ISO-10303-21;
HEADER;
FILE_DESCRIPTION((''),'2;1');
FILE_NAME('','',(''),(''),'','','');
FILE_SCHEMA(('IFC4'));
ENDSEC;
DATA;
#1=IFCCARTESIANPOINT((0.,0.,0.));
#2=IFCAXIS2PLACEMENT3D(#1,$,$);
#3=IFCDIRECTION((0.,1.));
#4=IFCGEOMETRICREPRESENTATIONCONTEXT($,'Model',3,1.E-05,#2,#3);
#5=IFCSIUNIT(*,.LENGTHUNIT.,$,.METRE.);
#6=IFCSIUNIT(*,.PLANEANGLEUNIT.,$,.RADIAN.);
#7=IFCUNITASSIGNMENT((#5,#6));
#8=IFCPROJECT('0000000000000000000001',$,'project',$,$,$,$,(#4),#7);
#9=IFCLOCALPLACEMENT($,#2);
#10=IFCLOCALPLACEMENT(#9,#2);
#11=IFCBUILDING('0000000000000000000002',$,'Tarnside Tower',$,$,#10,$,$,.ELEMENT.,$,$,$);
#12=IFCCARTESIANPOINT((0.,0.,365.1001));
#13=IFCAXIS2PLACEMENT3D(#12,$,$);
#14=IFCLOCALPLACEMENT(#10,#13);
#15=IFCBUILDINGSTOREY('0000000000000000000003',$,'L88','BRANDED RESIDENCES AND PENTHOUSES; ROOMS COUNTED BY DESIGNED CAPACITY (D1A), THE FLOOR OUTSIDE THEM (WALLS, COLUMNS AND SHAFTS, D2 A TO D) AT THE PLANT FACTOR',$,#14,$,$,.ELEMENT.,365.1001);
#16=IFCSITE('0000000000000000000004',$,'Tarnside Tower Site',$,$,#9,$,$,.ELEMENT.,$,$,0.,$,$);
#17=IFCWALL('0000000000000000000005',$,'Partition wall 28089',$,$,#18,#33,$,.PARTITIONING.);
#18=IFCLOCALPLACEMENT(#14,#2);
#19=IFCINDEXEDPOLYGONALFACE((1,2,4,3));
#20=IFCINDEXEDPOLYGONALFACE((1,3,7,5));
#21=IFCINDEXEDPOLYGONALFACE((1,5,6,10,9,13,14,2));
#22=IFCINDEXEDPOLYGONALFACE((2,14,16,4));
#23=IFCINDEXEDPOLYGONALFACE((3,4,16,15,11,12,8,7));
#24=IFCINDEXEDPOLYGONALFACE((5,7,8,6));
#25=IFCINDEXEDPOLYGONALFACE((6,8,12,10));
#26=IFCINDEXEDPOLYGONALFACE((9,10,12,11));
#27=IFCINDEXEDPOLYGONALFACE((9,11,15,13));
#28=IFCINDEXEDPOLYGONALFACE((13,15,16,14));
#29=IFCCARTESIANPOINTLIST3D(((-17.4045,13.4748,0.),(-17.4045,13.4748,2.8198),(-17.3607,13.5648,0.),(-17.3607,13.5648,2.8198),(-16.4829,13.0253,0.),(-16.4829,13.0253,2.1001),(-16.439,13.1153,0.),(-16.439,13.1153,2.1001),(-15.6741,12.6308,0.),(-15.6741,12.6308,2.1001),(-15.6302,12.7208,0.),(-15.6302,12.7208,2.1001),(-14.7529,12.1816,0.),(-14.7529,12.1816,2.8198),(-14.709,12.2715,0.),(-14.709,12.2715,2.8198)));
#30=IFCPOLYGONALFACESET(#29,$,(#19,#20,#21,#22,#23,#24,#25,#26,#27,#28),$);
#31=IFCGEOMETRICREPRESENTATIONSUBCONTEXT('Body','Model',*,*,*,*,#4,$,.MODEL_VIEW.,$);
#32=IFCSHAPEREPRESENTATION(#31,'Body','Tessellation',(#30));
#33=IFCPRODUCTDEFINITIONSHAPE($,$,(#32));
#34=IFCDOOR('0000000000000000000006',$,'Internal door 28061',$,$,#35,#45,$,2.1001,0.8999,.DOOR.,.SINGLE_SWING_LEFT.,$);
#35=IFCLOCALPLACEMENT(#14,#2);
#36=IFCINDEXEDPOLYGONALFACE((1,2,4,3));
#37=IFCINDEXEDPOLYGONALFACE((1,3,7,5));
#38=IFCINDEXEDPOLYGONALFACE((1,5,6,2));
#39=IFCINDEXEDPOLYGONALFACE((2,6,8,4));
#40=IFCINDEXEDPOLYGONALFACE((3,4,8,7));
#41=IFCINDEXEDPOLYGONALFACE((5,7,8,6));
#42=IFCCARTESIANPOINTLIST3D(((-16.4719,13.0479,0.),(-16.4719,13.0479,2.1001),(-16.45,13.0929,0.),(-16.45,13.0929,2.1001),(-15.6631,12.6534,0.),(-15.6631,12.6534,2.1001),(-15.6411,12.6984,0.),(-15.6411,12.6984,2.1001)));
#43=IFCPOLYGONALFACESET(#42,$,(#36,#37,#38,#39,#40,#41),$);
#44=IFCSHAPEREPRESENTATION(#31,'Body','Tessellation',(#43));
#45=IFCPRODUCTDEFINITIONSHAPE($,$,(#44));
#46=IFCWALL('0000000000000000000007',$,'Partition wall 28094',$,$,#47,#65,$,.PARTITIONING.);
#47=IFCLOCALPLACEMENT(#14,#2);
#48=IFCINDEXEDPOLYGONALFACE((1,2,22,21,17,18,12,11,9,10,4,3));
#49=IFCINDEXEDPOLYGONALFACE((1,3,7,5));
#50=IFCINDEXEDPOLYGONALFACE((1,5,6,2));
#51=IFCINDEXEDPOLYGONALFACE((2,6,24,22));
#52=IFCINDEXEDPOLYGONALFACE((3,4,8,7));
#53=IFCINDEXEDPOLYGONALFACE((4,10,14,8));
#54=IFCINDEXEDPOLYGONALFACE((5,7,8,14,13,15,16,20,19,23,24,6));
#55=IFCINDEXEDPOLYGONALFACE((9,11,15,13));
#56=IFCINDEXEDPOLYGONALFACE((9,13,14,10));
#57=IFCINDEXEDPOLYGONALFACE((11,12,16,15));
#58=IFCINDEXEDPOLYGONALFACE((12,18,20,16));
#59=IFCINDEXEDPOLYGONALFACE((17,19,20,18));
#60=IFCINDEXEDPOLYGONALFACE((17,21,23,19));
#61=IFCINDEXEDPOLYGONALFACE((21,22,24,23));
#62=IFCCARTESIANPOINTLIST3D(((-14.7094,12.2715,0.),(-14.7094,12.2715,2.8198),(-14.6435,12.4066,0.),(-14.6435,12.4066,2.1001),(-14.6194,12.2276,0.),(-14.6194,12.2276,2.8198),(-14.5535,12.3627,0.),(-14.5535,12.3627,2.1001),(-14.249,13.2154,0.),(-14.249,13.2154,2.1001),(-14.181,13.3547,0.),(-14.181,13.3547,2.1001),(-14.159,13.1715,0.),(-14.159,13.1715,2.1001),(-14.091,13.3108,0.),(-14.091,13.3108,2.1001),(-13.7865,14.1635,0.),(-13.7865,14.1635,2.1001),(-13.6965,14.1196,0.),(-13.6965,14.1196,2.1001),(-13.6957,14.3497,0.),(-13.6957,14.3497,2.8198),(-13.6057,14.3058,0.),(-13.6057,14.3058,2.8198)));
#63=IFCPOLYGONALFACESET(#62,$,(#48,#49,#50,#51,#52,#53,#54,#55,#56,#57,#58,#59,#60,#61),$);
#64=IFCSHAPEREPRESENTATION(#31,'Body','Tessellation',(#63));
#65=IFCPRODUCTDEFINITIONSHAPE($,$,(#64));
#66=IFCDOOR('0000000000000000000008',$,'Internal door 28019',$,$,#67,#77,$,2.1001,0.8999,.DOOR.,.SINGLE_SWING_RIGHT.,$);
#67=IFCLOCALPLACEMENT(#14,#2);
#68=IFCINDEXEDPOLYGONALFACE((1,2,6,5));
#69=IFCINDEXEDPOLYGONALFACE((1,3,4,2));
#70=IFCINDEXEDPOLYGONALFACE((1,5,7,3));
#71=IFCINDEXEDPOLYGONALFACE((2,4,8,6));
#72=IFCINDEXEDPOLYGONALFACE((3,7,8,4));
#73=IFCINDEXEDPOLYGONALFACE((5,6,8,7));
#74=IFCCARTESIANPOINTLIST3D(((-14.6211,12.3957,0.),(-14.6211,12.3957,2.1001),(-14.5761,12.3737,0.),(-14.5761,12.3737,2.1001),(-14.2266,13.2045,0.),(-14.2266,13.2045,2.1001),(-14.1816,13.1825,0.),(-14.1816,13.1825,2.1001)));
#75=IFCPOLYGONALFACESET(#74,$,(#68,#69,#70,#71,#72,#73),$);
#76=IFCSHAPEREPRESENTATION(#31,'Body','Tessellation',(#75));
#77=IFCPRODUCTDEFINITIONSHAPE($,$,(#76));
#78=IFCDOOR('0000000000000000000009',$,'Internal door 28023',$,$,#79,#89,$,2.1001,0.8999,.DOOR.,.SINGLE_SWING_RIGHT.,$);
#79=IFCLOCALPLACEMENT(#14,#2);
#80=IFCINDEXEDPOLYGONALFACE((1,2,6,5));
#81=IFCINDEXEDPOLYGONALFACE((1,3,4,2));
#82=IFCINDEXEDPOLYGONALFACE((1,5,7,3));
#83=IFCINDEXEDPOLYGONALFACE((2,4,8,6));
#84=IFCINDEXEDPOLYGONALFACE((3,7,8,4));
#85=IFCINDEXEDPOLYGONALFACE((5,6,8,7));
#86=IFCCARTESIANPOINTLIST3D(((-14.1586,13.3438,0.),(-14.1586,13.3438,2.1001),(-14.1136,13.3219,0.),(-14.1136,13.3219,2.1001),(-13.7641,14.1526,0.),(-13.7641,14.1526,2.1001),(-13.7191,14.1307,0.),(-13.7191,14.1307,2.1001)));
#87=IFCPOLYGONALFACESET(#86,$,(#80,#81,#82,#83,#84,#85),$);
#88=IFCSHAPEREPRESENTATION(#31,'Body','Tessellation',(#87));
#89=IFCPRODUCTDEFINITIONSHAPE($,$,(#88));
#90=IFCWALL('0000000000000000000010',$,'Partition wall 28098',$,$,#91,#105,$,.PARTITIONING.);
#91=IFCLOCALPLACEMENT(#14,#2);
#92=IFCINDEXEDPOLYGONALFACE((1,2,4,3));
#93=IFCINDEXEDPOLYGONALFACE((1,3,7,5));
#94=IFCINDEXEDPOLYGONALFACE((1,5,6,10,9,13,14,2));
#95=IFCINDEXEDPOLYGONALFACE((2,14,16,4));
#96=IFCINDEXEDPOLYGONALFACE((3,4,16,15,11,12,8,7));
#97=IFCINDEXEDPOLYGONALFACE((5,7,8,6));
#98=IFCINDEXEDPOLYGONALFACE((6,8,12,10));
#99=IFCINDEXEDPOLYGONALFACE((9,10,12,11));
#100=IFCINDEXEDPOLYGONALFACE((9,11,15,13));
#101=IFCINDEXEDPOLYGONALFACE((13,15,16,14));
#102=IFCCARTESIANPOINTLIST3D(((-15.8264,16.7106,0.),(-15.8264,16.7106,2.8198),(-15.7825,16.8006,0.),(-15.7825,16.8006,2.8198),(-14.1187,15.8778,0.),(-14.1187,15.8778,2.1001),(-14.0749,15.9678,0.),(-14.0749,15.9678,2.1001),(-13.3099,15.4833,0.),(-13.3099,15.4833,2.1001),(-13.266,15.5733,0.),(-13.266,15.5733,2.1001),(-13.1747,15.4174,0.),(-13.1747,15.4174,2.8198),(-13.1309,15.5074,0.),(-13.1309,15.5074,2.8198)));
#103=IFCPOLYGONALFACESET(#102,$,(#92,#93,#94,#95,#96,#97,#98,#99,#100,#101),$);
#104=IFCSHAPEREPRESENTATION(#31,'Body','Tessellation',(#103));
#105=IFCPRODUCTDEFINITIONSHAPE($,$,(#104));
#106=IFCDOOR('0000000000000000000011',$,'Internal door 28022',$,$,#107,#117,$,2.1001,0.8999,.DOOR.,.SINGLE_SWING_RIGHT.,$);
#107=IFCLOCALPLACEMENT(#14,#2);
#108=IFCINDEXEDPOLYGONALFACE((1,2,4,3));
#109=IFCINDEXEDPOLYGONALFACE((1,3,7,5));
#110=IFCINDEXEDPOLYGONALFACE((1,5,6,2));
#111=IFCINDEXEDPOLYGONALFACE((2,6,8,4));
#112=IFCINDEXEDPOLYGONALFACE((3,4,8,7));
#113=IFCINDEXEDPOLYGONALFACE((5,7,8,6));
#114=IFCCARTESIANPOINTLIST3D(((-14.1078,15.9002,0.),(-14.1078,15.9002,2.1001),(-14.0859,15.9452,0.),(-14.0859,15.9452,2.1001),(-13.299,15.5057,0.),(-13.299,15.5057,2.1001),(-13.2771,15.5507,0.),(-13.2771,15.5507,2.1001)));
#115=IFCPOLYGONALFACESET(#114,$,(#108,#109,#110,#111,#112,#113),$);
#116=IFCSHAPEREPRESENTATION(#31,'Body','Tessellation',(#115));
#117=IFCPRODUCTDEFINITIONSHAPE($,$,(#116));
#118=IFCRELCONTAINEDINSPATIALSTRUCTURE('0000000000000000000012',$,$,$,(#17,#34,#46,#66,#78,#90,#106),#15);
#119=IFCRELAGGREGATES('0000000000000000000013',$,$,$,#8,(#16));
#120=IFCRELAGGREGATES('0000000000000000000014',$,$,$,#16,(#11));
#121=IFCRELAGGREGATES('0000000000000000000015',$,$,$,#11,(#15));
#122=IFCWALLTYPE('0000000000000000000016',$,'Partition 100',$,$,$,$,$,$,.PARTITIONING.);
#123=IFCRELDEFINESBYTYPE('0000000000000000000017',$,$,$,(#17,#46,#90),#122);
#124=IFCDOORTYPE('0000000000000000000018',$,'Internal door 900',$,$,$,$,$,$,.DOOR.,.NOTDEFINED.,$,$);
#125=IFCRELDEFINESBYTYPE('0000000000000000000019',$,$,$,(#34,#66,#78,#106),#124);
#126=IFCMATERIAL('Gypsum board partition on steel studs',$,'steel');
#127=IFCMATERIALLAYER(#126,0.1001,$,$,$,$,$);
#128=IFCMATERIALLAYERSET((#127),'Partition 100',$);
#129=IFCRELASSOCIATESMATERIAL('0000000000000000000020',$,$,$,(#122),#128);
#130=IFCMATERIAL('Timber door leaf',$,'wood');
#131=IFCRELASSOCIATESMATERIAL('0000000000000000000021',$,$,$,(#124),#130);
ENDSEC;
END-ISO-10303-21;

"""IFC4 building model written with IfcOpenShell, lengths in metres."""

from ifc_helpers import new_model, si_unit, direction, frame, frame_2d, origin, place, context, subcontext, project, spatial, rectangle, extrude, material, layer, layer_set, type_object, element, fill, save


model = new_model("IFC4")

# Units and contexts
model_context = context("Model", 3, precision=1e-05, world=origin(), true_north=direction((0.0, 1.0)))
body_context = subcontext(model_context, "Body", "Model", "MODEL_VIEW")
ifc_project = project(units=[si_unit("LENGTHUNIT", "METRE"), si_unit("PLANEANGLEUNIT", "RADIAN")], contexts=[model_context])

# Site, building, storey
site_placement = place(None, origin())
site = spatial("IfcSite", under=ifc_project, at=site_placement, Name="Tarnside Tower Site", CompositionType="ELEMENT", RefElevation=0.0)
building_placement = place(site_placement, origin())
building = spatial("IfcBuilding", under=site, at=building_placement, Name="Tarnside Tower", CompositionType="ELEMENT")
storey_placement = place(building_placement, frame((0.0, 0.0, 365.1001)))
storey = spatial("IfcBuildingStorey", under=building, at=storey_placement, Name="L88", Description="BRANDED RESIDENCES AND PENTHOUSES; ROOMS COUNTED BY DESIGNED CAPACITY (D1A), THE FLOOR OUTSIDE THEM (WALLS, COLUMNS AND SHAFTS, D2 A TO D) AT THE PLANT FACTOR", CompositionType="ELEMENT", Elevation=365.1001)

# Shared definitions
ifc_material_1 = material(Name="Gypsum board partition on steel studs", Category="steel")
ifc_material_2 = material(Name="Timber door leaf", Category="wood")

# Shared definitions
ifc_layer_1 = layer(ifc_material_1, 0.1001)
ifc_layer_set_1 = layer_set([ifc_layer_1], Name="Partition 100")
wall_type_1 = type_object("IfcWallType", Name="Partition 100", PredefinedType="PARTITIONING", material=ifc_layer_set_1)

# Wall, opening, door
wall_1_placement = place(storey_placement, frame((-14.731, 12.2266, 0.0), z_axis=(0.0, 0.0, 1.0), x_axis=(-0.898803, 0.438354, 0.0)))
wall_1 = element("IfcWall", 1, at=wall_1_placement, inside=storey, type_object=wall_type_1, Name="Partition wall 28089", PredefinedType="PARTITIONING", context=body_context, shape_type="SweptSolid", body=[
    extrude(rectangle(XDim=2.9502, YDim=0.1001, at=frame_2d((1.4751, 0.0))), origin(), (0.0, 0.0, 1.0), 2.8198),
])
opening_1_placement = place(wall_1_placement, frame((1.0249, 0.0, 0.0)))
opening_1 = element("IfcOpeningElement", 2, at=opening_1_placement, cuts=wall_1, PredefinedType="OPENING", context=body_context, shape_type="SweptSolid", body=[
    extrude(rectangle(XDim=0.8999, YDim=2.1001, at=frame_2d((0.45, 1.05))), frame((0.0, 0.0601, 0.0), z_axis=(0.0, -1.0, 0.0), x_axis=(1.0, 0.0, 0.0)), (0.0, 0.0, 1.0), 0.1201),
])
door_type_1 = type_object("IfcDoorType", Name="Internal door 900", OperationType="NOTDEFINED", PredefinedType="DOOR", material=ifc_material_2)
door_1_placement = place(opening_1_placement, origin())
door_1 = element("IfcDoor", 3, at=door_1_placement, inside=storey, type_object=door_type_1, Name="Internal door 28061", OperationType="SINGLE_SWING_LEFT", OverallHeight=2.1001, OverallWidth=0.8999, PredefinedType="DOOR", context=body_context, shape_type="SweptSolid", body=[
    extrude(rectangle(XDim=0.8999, YDim=2.1001, at=frame_2d((0.45, 1.05))), frame((0.0, 0.0249, 0.0), z_axis=(0.0, -1.0, 0.0), x_axis=(1.0, 0.0, 0.0)), (0.0, 0.0, 1.0), 0.05),
])
fill(opening_1, door_1)

# Wall, openings, doors
wall_2_placement = place(storey_placement, frame((-13.6506, 14.3279, 0.0), z_axis=(0.0, 0.0, 1.0), x_axis=(-0.438407, -0.898777, 0.0)))
wall_2 = element("IfcWall", 4, at=wall_2_placement, inside=storey, type_object=wall_type_1, Name="Partition wall 28094", PredefinedType="PARTITIONING", context=body_context, shape_type="SweptSolid", body=[
    extrude(rectangle(XDim=2.3123, YDim=0.1001, at=frame_2d((1.1562, 0.0))), origin(), (0.0, 0.0, 1.0), 2.8198),
])
opening_2_placement = place(wall_2_placement, frame((1.2622, 0.0, 0.0)))
opening_2 = element("IfcOpeningElement", 5, at=opening_2_placement, cuts=wall_2, PredefinedType="OPENING", context=body_context, shape_type="SweptSolid", body=[
    extrude(rectangle(XDim=0.8999, YDim=2.1001, at=frame_2d((0.45, 1.05))), frame((0.0, 0.0601, 0.0), z_axis=(0.0, -1.0, 0.0), x_axis=(1.0, 0.0, 0.0)), (0.0, 0.0, 1.0), 0.1201),
])
opening_3_placement = place(wall_2_placement, frame((0.2073, 0.0, 0.0)))
opening_3 = element("IfcOpeningElement", 6, at=opening_3_placement, cuts=wall_2, PredefinedType="OPENING", context=body_context, shape_type="SweptSolid", body=[
    extrude(rectangle(XDim=0.8999, YDim=2.1001, at=frame_2d((0.45, 1.05))), frame((0.0, 0.0601, 0.0), z_axis=(0.0, -1.0, 0.0), x_axis=(1.0, 0.0, 0.0)), (0.0, 0.0, 1.0), 0.1201),
])
door_2_placement = place(opening_2_placement, origin())
door_2 = element("IfcDoor", 7, at=door_2_placement, inside=storey, type_object=door_type_1, Name="Internal door 28019", OperationType="SINGLE_SWING_RIGHT", OverallHeight=2.1001, OverallWidth=0.8999, PredefinedType="DOOR", context=body_context, shape_type="SweptSolid", body=[
    extrude(rectangle(XDim=0.8999, YDim=2.1001, at=frame_2d((0.45, 1.05))), frame((0.0, 0.0249, 0.0), z_axis=(0.0, -1.0, 0.0), x_axis=(1.0, 0.0, 0.0)), (0.0, 0.0, 1.0), 0.05),
])
fill(opening_2, door_2)
door_3_placement = place(opening_3_placement, origin())
door_3 = element("IfcDoor", 8, at=door_3_placement, inside=storey, type_object=door_type_1, Name="Internal door 28023", OperationType="SINGLE_SWING_RIGHT", OverallHeight=2.1001, OverallWidth=0.8999, PredefinedType="DOOR", context=body_context, shape_type="SweptSolid", body=[
    extrude(rectangle(XDim=0.8999, YDim=2.1001, at=frame_2d((0.45, 1.05))), frame((0.0, 0.0249, 0.0), z_axis=(0.0, -1.0, 0.0), x_axis=(1.0, 0.0, 0.0)), (0.0, 0.0, 1.0), 0.05),
])
fill(opening_3, door_3)

# Wall, opening, door
wall_3_placement = place(storey_placement, frame((-15.8044, 16.7556, 0.0), z_axis=(0.0, 0.0, 1.0), x_axis=(0.898803, -0.438354, 0.0)))
wall_3 = element("IfcWall", 9, at=wall_3_placement, inside=storey, type_object=wall_type_1, Name="Partition wall 28098", PredefinedType="PARTITIONING", context=body_context, shape_type="SweptSolid", body=[
    extrude(rectangle(XDim=2.9502, YDim=0.1001, at=frame_2d((1.4751, 0.0))), origin(), (0.0, 0.0, 1.0), 2.8198),
])
opening_4_placement = place(wall_3_placement, frame((1.8999, 0.0, 0.0)))
opening_4 = element("IfcOpeningElement", 10, at=opening_4_placement, cuts=wall_3, PredefinedType="OPENING", context=body_context, shape_type="SweptSolid", body=[
    extrude(rectangle(XDim=0.8999, YDim=2.1001, at=frame_2d((0.45, 1.05))), frame((0.0, 0.0601, 0.0), z_axis=(0.0, -1.0, 0.0), x_axis=(1.0, 0.0, 0.0)), (0.0, 0.0, 1.0), 0.1201),
])
door_4_placement = place(opening_4_placement, origin())
door_4 = element("IfcDoor", 11, at=door_4_placement, inside=storey, type_object=door_type_1, Name="Internal door 28022", OperationType="SINGLE_SWING_RIGHT", OverallHeight=2.1001, OverallWidth=0.8999, PredefinedType="DOOR", context=body_context, shape_type="SweptSolid", body=[
    extrude(rectangle(XDim=0.8999, YDim=2.1001, at=frame_2d((0.45, 1.05))), frame((0.0, 0.0249, 0.0), z_axis=(0.0, -1.0, 0.0), x_axis=(1.0, 0.0, 0.0)), (0.0, 0.0, 1.0), 0.05),
])
fill(opening_4, door_4)

save(model, "model.ifc")
